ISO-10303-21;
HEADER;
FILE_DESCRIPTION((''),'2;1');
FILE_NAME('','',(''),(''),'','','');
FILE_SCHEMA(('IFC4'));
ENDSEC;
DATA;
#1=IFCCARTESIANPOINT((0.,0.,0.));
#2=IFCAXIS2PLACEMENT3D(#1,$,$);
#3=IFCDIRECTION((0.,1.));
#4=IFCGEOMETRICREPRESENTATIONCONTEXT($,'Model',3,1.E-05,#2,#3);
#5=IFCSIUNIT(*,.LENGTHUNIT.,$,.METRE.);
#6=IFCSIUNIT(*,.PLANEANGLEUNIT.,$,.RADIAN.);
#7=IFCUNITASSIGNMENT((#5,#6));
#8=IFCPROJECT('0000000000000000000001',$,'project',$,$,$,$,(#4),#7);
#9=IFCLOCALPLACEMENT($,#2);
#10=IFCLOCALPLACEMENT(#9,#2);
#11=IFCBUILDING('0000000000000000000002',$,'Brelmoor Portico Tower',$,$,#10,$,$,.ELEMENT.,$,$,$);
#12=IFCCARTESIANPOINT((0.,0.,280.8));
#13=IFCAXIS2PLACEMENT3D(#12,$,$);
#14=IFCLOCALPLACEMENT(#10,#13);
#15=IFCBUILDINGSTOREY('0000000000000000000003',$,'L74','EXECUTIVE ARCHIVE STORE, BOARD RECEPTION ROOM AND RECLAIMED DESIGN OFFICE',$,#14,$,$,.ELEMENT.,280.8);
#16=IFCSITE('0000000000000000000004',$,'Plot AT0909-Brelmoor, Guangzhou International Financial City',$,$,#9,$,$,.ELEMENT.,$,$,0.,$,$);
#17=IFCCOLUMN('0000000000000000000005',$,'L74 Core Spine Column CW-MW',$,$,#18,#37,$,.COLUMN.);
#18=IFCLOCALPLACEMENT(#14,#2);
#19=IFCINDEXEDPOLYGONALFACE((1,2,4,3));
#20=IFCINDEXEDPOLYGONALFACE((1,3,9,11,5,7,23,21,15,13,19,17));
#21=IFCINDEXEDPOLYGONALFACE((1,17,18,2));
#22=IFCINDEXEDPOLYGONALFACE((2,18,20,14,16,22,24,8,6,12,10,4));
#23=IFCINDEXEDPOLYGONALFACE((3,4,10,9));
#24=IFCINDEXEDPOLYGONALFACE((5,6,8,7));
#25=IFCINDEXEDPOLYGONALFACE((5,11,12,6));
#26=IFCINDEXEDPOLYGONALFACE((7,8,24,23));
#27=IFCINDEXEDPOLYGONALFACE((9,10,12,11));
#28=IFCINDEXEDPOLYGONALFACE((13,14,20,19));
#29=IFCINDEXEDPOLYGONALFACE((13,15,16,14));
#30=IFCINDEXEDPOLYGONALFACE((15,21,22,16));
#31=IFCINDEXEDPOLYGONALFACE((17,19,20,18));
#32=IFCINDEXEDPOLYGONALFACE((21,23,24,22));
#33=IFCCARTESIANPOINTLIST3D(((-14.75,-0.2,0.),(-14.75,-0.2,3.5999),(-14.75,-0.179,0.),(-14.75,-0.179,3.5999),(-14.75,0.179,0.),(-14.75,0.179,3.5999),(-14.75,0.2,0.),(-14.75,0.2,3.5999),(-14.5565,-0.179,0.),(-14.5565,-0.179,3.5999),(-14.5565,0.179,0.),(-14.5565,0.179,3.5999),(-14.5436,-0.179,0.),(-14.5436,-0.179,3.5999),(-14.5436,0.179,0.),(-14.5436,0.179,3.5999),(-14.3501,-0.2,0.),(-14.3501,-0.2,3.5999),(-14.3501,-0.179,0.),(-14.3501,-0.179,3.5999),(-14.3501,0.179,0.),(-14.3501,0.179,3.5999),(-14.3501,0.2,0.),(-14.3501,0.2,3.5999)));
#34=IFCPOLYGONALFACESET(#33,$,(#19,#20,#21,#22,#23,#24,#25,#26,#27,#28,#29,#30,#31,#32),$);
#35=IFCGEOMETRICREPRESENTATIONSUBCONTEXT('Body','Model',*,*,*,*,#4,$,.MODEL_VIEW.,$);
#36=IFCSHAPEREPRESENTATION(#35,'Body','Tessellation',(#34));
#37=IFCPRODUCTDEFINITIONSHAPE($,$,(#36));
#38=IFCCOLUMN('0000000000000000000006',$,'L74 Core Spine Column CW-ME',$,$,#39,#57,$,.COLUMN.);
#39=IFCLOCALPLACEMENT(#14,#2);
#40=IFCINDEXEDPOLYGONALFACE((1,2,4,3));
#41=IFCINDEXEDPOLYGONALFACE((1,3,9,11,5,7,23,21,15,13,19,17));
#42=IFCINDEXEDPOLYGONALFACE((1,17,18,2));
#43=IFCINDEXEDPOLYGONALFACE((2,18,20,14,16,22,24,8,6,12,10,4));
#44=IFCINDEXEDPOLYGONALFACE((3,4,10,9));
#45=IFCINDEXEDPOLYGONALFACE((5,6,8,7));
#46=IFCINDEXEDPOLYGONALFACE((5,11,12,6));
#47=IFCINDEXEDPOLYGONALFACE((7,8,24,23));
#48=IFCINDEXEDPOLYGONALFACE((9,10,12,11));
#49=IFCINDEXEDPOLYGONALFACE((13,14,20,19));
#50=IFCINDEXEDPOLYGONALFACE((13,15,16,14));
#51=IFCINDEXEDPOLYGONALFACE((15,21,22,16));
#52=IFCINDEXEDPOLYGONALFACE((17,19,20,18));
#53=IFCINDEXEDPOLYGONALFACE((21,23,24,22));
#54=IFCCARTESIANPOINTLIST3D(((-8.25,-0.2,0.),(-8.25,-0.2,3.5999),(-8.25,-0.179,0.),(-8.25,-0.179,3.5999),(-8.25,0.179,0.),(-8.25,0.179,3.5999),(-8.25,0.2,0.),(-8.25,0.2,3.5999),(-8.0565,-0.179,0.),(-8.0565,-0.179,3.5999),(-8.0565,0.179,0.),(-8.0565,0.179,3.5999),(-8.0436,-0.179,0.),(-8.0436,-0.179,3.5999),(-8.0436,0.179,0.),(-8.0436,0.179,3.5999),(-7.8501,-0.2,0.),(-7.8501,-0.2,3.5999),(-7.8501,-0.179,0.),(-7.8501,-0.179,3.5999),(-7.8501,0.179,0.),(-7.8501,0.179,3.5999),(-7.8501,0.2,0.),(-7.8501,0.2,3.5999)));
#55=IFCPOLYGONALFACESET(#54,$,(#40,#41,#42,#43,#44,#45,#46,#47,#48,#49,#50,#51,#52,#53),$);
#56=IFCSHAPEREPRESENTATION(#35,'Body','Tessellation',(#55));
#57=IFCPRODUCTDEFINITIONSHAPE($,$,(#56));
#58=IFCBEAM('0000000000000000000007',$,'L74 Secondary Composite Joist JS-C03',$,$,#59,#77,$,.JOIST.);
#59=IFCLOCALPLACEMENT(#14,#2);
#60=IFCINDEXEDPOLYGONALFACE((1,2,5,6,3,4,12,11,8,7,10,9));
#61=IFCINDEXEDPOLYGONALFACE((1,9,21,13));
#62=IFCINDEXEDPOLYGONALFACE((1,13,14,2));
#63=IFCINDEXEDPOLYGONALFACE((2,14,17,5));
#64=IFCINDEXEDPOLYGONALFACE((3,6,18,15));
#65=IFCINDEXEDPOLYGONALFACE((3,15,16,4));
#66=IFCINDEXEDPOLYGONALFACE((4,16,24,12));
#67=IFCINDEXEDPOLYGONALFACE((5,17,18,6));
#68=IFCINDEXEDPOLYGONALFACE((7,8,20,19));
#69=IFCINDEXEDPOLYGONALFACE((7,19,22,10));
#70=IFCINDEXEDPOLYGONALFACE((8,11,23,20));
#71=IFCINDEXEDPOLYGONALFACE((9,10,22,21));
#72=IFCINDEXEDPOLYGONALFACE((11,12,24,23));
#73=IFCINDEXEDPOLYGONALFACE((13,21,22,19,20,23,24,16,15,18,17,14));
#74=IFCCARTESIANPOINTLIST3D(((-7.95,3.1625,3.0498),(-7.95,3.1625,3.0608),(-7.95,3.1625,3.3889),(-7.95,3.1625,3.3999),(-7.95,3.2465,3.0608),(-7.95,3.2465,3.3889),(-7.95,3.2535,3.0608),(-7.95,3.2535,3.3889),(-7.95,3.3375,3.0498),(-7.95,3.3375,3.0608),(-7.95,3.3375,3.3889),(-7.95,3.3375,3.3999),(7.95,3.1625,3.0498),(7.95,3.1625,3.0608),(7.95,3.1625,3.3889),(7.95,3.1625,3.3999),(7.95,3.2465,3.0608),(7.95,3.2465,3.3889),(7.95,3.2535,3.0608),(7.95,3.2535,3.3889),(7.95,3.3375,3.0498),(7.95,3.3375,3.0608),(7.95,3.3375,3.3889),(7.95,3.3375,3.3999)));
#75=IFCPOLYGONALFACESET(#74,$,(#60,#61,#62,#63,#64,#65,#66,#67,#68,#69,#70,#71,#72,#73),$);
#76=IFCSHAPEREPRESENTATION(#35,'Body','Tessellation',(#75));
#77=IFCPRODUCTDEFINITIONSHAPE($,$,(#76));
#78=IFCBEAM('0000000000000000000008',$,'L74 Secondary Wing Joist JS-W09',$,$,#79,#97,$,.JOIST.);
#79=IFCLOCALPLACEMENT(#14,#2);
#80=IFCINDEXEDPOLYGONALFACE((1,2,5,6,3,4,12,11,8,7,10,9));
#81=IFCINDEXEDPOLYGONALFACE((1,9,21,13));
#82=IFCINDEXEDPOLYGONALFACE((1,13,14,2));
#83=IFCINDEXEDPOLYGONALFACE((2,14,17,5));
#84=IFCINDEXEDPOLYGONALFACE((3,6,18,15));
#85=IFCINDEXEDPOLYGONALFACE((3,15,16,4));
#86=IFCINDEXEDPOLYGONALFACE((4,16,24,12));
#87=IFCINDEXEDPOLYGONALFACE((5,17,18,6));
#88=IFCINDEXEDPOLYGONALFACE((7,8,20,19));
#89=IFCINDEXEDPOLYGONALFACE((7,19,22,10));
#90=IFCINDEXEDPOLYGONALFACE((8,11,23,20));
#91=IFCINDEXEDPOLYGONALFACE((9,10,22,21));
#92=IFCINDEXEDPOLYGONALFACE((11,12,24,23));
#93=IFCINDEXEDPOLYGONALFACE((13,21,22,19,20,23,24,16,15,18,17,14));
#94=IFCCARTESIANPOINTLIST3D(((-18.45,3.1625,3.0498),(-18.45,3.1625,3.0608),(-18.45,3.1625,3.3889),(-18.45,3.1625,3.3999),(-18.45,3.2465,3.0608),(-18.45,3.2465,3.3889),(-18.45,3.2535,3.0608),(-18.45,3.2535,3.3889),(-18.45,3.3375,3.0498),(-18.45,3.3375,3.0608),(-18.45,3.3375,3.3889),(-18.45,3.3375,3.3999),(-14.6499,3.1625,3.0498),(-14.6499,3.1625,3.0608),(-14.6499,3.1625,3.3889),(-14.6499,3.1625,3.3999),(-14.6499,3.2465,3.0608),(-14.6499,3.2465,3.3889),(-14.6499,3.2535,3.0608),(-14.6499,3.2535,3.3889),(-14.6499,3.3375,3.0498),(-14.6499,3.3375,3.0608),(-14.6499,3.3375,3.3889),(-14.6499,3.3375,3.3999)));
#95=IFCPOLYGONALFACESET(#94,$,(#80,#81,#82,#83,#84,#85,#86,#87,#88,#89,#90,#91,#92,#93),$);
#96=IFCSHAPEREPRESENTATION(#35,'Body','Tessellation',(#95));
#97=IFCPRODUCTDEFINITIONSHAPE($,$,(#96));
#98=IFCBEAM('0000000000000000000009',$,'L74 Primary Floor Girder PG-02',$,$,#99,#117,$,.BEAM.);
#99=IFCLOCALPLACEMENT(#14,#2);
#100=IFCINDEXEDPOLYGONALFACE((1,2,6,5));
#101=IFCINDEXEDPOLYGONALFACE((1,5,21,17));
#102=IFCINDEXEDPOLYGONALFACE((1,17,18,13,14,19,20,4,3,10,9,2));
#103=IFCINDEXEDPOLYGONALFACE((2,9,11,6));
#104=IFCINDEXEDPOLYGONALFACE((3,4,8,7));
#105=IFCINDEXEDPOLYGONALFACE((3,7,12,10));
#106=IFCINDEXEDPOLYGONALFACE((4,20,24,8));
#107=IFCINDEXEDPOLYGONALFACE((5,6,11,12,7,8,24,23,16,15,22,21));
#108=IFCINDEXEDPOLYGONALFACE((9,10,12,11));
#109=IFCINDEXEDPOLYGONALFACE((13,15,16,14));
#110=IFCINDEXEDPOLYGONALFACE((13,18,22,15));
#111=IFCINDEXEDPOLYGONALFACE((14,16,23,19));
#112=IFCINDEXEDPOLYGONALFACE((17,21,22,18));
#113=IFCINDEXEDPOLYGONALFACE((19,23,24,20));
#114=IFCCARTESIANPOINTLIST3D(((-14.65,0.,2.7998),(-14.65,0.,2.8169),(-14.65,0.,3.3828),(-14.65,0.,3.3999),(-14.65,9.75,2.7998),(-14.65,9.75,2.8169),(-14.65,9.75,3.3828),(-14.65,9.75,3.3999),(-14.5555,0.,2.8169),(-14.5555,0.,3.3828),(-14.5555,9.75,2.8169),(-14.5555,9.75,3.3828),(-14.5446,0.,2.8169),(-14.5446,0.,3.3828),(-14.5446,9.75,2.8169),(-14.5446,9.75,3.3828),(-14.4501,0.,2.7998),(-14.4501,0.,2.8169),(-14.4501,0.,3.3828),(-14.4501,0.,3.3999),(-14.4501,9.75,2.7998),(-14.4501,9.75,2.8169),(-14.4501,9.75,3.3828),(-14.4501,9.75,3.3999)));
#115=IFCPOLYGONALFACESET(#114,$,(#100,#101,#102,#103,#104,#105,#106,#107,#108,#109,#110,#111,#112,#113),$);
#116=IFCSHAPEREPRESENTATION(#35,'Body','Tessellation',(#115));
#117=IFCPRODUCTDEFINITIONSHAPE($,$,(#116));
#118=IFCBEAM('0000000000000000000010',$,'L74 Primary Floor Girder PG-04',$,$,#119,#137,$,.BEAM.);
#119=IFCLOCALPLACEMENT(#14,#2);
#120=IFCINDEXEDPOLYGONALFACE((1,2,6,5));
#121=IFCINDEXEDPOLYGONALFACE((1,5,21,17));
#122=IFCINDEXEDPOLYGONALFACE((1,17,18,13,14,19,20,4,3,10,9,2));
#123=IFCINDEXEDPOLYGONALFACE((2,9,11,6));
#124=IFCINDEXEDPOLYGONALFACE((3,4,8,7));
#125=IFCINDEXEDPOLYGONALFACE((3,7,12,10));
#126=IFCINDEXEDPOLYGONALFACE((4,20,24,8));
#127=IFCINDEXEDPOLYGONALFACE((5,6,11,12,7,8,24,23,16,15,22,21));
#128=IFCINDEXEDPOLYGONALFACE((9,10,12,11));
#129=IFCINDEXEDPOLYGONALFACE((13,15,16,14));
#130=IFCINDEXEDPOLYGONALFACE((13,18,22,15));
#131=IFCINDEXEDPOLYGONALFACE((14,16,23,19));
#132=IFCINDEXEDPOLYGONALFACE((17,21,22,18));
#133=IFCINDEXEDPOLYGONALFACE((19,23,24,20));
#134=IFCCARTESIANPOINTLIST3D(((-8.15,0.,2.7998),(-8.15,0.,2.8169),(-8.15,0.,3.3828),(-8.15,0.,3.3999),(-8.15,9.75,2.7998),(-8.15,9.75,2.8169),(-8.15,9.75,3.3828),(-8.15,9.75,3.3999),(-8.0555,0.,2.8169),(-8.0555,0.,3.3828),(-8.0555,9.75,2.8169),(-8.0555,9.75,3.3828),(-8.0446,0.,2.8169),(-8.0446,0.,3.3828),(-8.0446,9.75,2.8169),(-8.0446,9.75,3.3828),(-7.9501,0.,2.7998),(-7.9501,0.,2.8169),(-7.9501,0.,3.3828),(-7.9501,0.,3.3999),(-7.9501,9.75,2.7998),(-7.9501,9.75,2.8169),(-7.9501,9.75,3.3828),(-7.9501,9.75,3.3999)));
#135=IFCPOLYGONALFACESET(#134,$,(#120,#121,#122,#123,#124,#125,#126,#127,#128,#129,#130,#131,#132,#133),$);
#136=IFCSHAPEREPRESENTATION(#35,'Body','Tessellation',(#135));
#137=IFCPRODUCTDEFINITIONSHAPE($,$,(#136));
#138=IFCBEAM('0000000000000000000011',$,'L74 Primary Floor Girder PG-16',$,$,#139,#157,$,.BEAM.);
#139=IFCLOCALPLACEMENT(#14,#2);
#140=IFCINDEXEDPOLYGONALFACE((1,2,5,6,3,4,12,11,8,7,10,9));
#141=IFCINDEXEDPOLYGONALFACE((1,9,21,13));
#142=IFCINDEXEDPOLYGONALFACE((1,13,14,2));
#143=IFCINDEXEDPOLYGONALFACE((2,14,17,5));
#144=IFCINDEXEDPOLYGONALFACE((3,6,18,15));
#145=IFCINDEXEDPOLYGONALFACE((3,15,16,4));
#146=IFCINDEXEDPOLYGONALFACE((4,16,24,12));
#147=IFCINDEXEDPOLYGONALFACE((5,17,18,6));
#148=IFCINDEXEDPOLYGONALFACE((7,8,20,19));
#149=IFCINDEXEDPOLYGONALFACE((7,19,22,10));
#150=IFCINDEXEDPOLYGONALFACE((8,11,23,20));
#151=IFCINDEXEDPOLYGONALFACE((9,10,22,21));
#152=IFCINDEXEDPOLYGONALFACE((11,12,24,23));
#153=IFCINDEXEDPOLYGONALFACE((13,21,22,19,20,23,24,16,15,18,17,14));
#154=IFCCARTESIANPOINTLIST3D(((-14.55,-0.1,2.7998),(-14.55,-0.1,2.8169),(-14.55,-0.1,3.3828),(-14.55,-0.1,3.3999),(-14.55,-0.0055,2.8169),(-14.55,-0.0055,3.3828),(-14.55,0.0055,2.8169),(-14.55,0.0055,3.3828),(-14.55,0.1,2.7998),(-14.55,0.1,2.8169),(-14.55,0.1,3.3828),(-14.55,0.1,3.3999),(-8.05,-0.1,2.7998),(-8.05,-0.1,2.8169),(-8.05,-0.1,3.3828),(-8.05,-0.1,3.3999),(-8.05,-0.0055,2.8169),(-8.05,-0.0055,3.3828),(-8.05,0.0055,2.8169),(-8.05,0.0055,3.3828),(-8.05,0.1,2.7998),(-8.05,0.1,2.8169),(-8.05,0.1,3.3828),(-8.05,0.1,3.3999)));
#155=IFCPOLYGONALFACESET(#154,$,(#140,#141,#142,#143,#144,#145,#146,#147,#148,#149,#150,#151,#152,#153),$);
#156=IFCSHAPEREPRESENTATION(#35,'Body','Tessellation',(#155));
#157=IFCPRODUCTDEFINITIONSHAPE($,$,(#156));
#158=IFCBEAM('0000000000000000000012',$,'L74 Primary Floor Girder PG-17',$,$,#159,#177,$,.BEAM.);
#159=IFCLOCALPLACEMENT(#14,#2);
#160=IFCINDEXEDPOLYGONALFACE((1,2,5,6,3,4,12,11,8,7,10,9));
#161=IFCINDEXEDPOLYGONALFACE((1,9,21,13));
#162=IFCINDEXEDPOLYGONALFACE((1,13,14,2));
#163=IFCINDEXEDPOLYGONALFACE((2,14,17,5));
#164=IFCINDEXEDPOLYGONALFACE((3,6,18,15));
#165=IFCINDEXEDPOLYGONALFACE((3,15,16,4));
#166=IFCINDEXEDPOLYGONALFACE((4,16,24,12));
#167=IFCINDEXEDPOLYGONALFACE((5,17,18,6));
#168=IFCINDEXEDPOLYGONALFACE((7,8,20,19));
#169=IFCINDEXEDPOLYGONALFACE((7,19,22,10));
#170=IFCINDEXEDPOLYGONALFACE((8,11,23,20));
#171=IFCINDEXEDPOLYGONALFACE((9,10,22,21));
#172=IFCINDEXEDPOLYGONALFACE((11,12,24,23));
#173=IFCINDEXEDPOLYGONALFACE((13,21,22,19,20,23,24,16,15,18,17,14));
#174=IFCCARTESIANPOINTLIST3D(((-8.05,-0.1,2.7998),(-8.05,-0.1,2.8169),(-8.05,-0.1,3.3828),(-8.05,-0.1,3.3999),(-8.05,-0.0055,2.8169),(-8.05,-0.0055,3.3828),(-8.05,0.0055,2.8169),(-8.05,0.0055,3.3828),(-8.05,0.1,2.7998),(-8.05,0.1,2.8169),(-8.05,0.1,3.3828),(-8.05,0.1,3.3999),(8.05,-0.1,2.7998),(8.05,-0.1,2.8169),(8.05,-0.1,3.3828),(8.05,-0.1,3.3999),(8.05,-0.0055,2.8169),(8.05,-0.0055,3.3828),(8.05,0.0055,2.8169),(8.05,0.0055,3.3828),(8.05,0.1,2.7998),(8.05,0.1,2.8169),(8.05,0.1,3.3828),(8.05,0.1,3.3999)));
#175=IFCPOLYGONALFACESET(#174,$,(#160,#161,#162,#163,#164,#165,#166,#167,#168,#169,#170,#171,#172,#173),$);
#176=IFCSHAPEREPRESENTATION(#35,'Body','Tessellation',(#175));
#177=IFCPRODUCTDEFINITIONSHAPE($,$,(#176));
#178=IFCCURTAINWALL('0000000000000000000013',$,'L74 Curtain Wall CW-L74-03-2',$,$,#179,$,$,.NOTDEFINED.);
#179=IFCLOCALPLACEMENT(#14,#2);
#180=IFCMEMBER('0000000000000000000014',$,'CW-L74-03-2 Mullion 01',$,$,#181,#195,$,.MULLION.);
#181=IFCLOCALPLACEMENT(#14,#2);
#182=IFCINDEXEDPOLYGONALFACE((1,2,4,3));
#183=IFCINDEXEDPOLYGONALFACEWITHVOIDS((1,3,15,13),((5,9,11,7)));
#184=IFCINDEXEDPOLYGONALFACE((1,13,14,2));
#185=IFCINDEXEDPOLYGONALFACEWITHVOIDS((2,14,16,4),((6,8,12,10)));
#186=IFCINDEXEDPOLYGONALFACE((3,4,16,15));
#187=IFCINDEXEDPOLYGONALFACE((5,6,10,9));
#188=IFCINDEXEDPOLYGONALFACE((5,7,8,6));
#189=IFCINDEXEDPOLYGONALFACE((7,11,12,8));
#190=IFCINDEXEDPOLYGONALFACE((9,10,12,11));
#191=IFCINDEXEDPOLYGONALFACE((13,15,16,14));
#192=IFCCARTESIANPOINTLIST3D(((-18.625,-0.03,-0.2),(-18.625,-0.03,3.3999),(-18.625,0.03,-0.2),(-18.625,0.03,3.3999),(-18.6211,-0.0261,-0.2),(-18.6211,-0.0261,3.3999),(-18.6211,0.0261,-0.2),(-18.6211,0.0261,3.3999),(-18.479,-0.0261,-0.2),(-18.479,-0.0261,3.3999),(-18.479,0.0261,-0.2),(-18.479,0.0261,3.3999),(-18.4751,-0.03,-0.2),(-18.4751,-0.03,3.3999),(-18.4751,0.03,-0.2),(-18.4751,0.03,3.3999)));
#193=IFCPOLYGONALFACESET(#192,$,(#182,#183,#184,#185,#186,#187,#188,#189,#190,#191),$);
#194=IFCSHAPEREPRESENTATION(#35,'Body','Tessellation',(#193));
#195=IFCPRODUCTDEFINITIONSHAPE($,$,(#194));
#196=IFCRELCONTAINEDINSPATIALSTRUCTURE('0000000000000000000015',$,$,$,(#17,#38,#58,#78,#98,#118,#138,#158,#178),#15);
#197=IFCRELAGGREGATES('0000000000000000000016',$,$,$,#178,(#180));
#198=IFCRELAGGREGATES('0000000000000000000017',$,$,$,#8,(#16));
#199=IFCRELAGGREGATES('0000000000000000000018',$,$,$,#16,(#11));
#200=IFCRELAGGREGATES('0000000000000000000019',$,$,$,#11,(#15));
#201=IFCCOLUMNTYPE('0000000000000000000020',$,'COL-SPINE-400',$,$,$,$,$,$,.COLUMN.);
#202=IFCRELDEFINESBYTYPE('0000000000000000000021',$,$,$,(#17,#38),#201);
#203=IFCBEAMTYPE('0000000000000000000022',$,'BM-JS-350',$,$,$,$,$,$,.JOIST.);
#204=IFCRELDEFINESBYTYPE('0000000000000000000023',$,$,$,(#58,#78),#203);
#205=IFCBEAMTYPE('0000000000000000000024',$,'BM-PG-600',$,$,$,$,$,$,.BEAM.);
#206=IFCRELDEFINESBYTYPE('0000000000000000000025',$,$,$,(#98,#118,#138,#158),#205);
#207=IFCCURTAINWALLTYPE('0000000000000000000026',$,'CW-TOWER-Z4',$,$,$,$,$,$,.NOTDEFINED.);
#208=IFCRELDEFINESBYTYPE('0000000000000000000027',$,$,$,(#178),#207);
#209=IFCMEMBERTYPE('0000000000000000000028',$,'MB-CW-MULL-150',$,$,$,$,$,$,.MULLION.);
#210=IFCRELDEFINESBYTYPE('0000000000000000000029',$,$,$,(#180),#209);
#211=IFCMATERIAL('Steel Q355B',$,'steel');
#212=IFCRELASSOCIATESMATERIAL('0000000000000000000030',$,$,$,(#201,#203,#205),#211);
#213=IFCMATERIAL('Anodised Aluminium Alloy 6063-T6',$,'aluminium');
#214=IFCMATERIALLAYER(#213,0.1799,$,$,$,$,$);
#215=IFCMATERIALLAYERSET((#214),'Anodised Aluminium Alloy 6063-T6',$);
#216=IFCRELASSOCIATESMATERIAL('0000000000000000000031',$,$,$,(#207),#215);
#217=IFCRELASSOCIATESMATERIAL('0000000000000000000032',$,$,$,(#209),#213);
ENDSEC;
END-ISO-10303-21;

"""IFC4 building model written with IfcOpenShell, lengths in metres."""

from ifc_helpers import new_model, si_unit, direction, frame, origin, origin_2d, place, context, subcontext, project, spatial, hollow_rectangle, i_section, extrude, material, layer, layer_set, material_profile, profile_set, type_object, element, aggregate, save


model = new_model("IFC4")

# Units and contexts
model_context = context("Model", 3, precision=1e-05, world=origin(), true_north=direction((0.0, 1.0)))
body_context = subcontext(model_context, "Body", "Model", "MODEL_VIEW")
ifc_project = project(units=[si_unit("LENGTHUNIT", "METRE"), si_unit("PLANEANGLEUNIT", "RADIAN")], contexts=[model_context])

# Site, building, storey
site_placement = place(None, origin())
site = spatial("IfcSite", under=ifc_project, at=site_placement, Name="Plot AT0909-Brelmoor, Guangzhou International Financial City", CompositionType="ELEMENT", RefElevation=0.0)
building_placement = place(site_placement, origin())
building = spatial("IfcBuilding", under=site, at=building_placement, Name="Brelmoor Portico Tower", CompositionType="ELEMENT")
storey_placement = place(building_placement, frame((0.0, 0.0, 280.8)))
storey = spatial("IfcBuildingStorey", under=building, at=storey_placement, Name="L74", Description="EXECUTIVE ARCHIVE STORE, BOARD RECEPTION ROOM AND RECLAIMED DESIGN OFFICE", CompositionType="ELEMENT", Elevation=280.8)

# Columns
ifc_material_1 = material(Name="Steel Q355B", Category="steel")
ifc_material_profile_1 = material_profile(ifc_material_1, i_section(OverallWidth=0.3999, OverallDepth=0.3999, WebThickness=0.0129, FlangeThickness=0.021, at=origin_2d()), Name="HW 400x400x13x21")
ifc_profile_set_1 = profile_set([ifc_material_profile_1], Name="Steel Q355B")
column_type = type_object("IfcColumnType", Name="COL-SPINE-400", PredefinedType="COLUMN", material=ifc_profile_set_1)
for number, where, z_axis, x_axis, name in (
    (1, (-14.55, 0.0, 0.0), (0.0, 0.0, 1.0), (1.0, 0.0, 0.0), "L74 Core Spine Column CW-MW"),
    (2, (-8.05, 0.0, 0.0), (0.0, 0.0, 1.0), (1.0, 0.0, 0.0), "L74 Core Spine Column CW-ME"),
):
    element("IfcColumn", number, at=place(storey_placement, frame(where, z_axis=z_axis, x_axis=x_axis)), inside=storey, type_object=column_type, Name=name, PredefinedType="COLUMN", context=body_context, shape_type="SweptSolid", body=[
        extrude(i_section(OverallWidth=0.3999, OverallDepth=0.3999, WebThickness=0.0129, FlangeThickness=0.021, at=origin_2d()), origin(), (0.0, 0.0, 1.0), 3.5999),
    ])

# Beams
ifc_material_profile_2 = material_profile(ifc_material_1, i_section(OverallWidth=0.175, OverallDepth=0.3501, WebThickness=0.0071, FlangeThickness=0.011, at=origin_2d()), Name="HN 350x175x7x11")
ifc_profile_set_2 = profile_set([ifc_material_profile_2], Name="Steel Q355B")
beam_type_1 = type_object("IfcBeamType", Name="BM-JS-350", PredefinedType="JOIST", material=ifc_profile_set_2)
beam_1_placement = place(storey_placement, frame((-7.95, 3.25, 3.2249), z_axis=(1.0, 0.0, 0.0), x_axis=(0.0, 1.0, 0.0)))
element("IfcBeam", 3, at=beam_1_placement, inside=storey, type_object=beam_type_1, Name="L74 Secondary Composite Joist JS-C03", PredefinedType="JOIST", context=body_context, shape_type="SweptSolid", body=[
    extrude(i_section(OverallWidth=0.175, OverallDepth=0.3501, WebThickness=0.0071, FlangeThickness=0.011, at=origin_2d()), origin(), (0.0, 0.0, 1.0), 15.8999),
])
beam_2_placement = place(storey_placement, frame((-18.45, 3.25, 3.2249), z_axis=(1.0, 0.0, 0.0), x_axis=(0.0, 1.0, 0.0)))
element("IfcBeam", 4, at=beam_2_placement, inside=storey, type_object=beam_type_1, Name="L74 Secondary Wing Joist JS-W09", PredefinedType="JOIST", context=body_context, shape_type="SweptSolid", body=[
    extrude(i_section(OverallWidth=0.175, OverallDepth=0.3501, WebThickness=0.0071, FlangeThickness=0.011, at=origin_2d()), origin(), (0.0, 0.0, 1.0), 3.8),
])
ifc_material_profile_3 = material_profile(ifc_material_1, i_section(OverallWidth=0.2, OverallDepth=0.6001, WebThickness=0.011, FlangeThickness=0.0171, at=origin_2d()), Name="HN 600x200x11x17")
ifc_profile_set_3 = profile_set([ifc_material_profile_3], Name="Steel Q355B")
beam_type_2 = type_object("IfcBeamType", Name="BM-PG-600", PredefinedType="BEAM", material=ifc_profile_set_3)
for number, where, z_axis, x_axis, name in (
    (5, (-14.55, 0.0, 3.0999), (0.0, 1.0, 0.0), (-1.0, 0.0, 0.0), "L74 Primary Floor Girder PG-02"),
    (6, (-8.05, 0.0, 3.0999), (0.0, 1.0, 0.0), (-1.0, 0.0, 0.0), "L74 Primary Floor Girder PG-04"),
):
    element("IfcBeam", number, at=place(storey_placement, frame(where, z_axis=z_axis, x_axis=x_axis)), inside=storey, type_object=beam_type_2, Name=name, PredefinedType="BEAM", context=body_context, shape_type="SweptSolid", body=[
        extrude(i_section(OverallWidth=0.2, OverallDepth=0.6001, WebThickness=0.011, FlangeThickness=0.0171, at=origin_2d()), origin(), (0.0, 0.0, 1.0), 9.75),
    ])
beam_3_placement = place(storey_placement, frame((-14.55, 0.0, 3.0999), z_axis=(1.0, 0.0, 0.0), x_axis=(0.0, 1.0, 0.0)))
element("IfcBeam", 7, at=beam_3_placement, inside=storey, type_object=beam_type_2, Name="L74 Primary Floor Girder PG-16", PredefinedType="BEAM", context=body_context, shape_type="SweptSolid", body=[
    extrude(i_section(OverallWidth=0.2, OverallDepth=0.6001, WebThickness=0.011, FlangeThickness=0.0171, at=origin_2d()), origin(), (0.0, 0.0, 1.0), 6.5),
])
beam_4_placement = place(storey_placement, frame((-8.05, 0.0, 3.0999), z_axis=(1.0, 0.0, 0.0), x_axis=(0.0, 1.0, 0.0)))
element("IfcBeam", 8, at=beam_4_placement, inside=storey, type_object=beam_type_2, Name="L74 Primary Floor Girder PG-17", PredefinedType="BEAM", context=body_context, shape_type="SweptSolid", body=[
    extrude(i_section(OverallWidth=0.2, OverallDepth=0.6001, WebThickness=0.011, FlangeThickness=0.0171, at=origin_2d()), origin(), (0.0, 0.0, 1.0), 16.1001),
])

# Curtain wall, member
ifc_material_2 = material(Name="Anodised Aluminium Alloy 6063-T6", Category="aluminium")
ifc_layer_1 = layer(ifc_material_2, 0.1799)
ifc_layer_set_1 = layer_set([ifc_layer_1], Name="Anodised Aluminium Alloy 6063-T6")
curtain_wall_type = type_object("IfcCurtainWallType", Name="CW-TOWER-Z4", PredefinedType="NOTDEFINED", material=ifc_layer_set_1)
curtain_wall_placement = place(storey_placement, origin())
curtain_wall = element("IfcCurtainWall", 9, at=curtain_wall_placement, inside=storey, type_object=curtain_wall_type, Name="L74 Curtain Wall CW-L74-03-2", PredefinedType="NOTDEFINED")
ifc_material_profile_4 = material_profile(ifc_material_2, hollow_rectangle(XDim=0.0601, YDim=0.1499, WallThickness=0.0039, at=origin_2d()), Name="ALU MULLION 60x150")
ifc_profile_set_4 = profile_set([ifc_material_profile_4], Name="Anodised Aluminium Alloy 6063-T6")
member_type_1 = type_object("IfcMemberType", Name="MB-CW-MULL-150", PredefinedType="MULLION", material=ifc_profile_set_4)
member_1_placement = place(storey_placement, frame((-18.55, 0.0, -0.2), z_axis=(0.0, 0.0, 1.0), x_axis=(0.0, 1.0, 0.0)))
member_1 = element("IfcMember", 10, at=member_1_placement, type_object=member_type_1, Name="CW-L74-03-2 Mullion 01", PredefinedType="MULLION", context=body_context, shape_type="SweptSolid", body=[
    extrude(hollow_rectangle(XDim=0.0601, YDim=0.1499, WallThickness=0.0039, at=origin_2d()), origin(), (0.0, 0.0, 1.0), 3.5999),
])
aggregate(curtain_wall, [member_1])

save(model, "model.ifc")
